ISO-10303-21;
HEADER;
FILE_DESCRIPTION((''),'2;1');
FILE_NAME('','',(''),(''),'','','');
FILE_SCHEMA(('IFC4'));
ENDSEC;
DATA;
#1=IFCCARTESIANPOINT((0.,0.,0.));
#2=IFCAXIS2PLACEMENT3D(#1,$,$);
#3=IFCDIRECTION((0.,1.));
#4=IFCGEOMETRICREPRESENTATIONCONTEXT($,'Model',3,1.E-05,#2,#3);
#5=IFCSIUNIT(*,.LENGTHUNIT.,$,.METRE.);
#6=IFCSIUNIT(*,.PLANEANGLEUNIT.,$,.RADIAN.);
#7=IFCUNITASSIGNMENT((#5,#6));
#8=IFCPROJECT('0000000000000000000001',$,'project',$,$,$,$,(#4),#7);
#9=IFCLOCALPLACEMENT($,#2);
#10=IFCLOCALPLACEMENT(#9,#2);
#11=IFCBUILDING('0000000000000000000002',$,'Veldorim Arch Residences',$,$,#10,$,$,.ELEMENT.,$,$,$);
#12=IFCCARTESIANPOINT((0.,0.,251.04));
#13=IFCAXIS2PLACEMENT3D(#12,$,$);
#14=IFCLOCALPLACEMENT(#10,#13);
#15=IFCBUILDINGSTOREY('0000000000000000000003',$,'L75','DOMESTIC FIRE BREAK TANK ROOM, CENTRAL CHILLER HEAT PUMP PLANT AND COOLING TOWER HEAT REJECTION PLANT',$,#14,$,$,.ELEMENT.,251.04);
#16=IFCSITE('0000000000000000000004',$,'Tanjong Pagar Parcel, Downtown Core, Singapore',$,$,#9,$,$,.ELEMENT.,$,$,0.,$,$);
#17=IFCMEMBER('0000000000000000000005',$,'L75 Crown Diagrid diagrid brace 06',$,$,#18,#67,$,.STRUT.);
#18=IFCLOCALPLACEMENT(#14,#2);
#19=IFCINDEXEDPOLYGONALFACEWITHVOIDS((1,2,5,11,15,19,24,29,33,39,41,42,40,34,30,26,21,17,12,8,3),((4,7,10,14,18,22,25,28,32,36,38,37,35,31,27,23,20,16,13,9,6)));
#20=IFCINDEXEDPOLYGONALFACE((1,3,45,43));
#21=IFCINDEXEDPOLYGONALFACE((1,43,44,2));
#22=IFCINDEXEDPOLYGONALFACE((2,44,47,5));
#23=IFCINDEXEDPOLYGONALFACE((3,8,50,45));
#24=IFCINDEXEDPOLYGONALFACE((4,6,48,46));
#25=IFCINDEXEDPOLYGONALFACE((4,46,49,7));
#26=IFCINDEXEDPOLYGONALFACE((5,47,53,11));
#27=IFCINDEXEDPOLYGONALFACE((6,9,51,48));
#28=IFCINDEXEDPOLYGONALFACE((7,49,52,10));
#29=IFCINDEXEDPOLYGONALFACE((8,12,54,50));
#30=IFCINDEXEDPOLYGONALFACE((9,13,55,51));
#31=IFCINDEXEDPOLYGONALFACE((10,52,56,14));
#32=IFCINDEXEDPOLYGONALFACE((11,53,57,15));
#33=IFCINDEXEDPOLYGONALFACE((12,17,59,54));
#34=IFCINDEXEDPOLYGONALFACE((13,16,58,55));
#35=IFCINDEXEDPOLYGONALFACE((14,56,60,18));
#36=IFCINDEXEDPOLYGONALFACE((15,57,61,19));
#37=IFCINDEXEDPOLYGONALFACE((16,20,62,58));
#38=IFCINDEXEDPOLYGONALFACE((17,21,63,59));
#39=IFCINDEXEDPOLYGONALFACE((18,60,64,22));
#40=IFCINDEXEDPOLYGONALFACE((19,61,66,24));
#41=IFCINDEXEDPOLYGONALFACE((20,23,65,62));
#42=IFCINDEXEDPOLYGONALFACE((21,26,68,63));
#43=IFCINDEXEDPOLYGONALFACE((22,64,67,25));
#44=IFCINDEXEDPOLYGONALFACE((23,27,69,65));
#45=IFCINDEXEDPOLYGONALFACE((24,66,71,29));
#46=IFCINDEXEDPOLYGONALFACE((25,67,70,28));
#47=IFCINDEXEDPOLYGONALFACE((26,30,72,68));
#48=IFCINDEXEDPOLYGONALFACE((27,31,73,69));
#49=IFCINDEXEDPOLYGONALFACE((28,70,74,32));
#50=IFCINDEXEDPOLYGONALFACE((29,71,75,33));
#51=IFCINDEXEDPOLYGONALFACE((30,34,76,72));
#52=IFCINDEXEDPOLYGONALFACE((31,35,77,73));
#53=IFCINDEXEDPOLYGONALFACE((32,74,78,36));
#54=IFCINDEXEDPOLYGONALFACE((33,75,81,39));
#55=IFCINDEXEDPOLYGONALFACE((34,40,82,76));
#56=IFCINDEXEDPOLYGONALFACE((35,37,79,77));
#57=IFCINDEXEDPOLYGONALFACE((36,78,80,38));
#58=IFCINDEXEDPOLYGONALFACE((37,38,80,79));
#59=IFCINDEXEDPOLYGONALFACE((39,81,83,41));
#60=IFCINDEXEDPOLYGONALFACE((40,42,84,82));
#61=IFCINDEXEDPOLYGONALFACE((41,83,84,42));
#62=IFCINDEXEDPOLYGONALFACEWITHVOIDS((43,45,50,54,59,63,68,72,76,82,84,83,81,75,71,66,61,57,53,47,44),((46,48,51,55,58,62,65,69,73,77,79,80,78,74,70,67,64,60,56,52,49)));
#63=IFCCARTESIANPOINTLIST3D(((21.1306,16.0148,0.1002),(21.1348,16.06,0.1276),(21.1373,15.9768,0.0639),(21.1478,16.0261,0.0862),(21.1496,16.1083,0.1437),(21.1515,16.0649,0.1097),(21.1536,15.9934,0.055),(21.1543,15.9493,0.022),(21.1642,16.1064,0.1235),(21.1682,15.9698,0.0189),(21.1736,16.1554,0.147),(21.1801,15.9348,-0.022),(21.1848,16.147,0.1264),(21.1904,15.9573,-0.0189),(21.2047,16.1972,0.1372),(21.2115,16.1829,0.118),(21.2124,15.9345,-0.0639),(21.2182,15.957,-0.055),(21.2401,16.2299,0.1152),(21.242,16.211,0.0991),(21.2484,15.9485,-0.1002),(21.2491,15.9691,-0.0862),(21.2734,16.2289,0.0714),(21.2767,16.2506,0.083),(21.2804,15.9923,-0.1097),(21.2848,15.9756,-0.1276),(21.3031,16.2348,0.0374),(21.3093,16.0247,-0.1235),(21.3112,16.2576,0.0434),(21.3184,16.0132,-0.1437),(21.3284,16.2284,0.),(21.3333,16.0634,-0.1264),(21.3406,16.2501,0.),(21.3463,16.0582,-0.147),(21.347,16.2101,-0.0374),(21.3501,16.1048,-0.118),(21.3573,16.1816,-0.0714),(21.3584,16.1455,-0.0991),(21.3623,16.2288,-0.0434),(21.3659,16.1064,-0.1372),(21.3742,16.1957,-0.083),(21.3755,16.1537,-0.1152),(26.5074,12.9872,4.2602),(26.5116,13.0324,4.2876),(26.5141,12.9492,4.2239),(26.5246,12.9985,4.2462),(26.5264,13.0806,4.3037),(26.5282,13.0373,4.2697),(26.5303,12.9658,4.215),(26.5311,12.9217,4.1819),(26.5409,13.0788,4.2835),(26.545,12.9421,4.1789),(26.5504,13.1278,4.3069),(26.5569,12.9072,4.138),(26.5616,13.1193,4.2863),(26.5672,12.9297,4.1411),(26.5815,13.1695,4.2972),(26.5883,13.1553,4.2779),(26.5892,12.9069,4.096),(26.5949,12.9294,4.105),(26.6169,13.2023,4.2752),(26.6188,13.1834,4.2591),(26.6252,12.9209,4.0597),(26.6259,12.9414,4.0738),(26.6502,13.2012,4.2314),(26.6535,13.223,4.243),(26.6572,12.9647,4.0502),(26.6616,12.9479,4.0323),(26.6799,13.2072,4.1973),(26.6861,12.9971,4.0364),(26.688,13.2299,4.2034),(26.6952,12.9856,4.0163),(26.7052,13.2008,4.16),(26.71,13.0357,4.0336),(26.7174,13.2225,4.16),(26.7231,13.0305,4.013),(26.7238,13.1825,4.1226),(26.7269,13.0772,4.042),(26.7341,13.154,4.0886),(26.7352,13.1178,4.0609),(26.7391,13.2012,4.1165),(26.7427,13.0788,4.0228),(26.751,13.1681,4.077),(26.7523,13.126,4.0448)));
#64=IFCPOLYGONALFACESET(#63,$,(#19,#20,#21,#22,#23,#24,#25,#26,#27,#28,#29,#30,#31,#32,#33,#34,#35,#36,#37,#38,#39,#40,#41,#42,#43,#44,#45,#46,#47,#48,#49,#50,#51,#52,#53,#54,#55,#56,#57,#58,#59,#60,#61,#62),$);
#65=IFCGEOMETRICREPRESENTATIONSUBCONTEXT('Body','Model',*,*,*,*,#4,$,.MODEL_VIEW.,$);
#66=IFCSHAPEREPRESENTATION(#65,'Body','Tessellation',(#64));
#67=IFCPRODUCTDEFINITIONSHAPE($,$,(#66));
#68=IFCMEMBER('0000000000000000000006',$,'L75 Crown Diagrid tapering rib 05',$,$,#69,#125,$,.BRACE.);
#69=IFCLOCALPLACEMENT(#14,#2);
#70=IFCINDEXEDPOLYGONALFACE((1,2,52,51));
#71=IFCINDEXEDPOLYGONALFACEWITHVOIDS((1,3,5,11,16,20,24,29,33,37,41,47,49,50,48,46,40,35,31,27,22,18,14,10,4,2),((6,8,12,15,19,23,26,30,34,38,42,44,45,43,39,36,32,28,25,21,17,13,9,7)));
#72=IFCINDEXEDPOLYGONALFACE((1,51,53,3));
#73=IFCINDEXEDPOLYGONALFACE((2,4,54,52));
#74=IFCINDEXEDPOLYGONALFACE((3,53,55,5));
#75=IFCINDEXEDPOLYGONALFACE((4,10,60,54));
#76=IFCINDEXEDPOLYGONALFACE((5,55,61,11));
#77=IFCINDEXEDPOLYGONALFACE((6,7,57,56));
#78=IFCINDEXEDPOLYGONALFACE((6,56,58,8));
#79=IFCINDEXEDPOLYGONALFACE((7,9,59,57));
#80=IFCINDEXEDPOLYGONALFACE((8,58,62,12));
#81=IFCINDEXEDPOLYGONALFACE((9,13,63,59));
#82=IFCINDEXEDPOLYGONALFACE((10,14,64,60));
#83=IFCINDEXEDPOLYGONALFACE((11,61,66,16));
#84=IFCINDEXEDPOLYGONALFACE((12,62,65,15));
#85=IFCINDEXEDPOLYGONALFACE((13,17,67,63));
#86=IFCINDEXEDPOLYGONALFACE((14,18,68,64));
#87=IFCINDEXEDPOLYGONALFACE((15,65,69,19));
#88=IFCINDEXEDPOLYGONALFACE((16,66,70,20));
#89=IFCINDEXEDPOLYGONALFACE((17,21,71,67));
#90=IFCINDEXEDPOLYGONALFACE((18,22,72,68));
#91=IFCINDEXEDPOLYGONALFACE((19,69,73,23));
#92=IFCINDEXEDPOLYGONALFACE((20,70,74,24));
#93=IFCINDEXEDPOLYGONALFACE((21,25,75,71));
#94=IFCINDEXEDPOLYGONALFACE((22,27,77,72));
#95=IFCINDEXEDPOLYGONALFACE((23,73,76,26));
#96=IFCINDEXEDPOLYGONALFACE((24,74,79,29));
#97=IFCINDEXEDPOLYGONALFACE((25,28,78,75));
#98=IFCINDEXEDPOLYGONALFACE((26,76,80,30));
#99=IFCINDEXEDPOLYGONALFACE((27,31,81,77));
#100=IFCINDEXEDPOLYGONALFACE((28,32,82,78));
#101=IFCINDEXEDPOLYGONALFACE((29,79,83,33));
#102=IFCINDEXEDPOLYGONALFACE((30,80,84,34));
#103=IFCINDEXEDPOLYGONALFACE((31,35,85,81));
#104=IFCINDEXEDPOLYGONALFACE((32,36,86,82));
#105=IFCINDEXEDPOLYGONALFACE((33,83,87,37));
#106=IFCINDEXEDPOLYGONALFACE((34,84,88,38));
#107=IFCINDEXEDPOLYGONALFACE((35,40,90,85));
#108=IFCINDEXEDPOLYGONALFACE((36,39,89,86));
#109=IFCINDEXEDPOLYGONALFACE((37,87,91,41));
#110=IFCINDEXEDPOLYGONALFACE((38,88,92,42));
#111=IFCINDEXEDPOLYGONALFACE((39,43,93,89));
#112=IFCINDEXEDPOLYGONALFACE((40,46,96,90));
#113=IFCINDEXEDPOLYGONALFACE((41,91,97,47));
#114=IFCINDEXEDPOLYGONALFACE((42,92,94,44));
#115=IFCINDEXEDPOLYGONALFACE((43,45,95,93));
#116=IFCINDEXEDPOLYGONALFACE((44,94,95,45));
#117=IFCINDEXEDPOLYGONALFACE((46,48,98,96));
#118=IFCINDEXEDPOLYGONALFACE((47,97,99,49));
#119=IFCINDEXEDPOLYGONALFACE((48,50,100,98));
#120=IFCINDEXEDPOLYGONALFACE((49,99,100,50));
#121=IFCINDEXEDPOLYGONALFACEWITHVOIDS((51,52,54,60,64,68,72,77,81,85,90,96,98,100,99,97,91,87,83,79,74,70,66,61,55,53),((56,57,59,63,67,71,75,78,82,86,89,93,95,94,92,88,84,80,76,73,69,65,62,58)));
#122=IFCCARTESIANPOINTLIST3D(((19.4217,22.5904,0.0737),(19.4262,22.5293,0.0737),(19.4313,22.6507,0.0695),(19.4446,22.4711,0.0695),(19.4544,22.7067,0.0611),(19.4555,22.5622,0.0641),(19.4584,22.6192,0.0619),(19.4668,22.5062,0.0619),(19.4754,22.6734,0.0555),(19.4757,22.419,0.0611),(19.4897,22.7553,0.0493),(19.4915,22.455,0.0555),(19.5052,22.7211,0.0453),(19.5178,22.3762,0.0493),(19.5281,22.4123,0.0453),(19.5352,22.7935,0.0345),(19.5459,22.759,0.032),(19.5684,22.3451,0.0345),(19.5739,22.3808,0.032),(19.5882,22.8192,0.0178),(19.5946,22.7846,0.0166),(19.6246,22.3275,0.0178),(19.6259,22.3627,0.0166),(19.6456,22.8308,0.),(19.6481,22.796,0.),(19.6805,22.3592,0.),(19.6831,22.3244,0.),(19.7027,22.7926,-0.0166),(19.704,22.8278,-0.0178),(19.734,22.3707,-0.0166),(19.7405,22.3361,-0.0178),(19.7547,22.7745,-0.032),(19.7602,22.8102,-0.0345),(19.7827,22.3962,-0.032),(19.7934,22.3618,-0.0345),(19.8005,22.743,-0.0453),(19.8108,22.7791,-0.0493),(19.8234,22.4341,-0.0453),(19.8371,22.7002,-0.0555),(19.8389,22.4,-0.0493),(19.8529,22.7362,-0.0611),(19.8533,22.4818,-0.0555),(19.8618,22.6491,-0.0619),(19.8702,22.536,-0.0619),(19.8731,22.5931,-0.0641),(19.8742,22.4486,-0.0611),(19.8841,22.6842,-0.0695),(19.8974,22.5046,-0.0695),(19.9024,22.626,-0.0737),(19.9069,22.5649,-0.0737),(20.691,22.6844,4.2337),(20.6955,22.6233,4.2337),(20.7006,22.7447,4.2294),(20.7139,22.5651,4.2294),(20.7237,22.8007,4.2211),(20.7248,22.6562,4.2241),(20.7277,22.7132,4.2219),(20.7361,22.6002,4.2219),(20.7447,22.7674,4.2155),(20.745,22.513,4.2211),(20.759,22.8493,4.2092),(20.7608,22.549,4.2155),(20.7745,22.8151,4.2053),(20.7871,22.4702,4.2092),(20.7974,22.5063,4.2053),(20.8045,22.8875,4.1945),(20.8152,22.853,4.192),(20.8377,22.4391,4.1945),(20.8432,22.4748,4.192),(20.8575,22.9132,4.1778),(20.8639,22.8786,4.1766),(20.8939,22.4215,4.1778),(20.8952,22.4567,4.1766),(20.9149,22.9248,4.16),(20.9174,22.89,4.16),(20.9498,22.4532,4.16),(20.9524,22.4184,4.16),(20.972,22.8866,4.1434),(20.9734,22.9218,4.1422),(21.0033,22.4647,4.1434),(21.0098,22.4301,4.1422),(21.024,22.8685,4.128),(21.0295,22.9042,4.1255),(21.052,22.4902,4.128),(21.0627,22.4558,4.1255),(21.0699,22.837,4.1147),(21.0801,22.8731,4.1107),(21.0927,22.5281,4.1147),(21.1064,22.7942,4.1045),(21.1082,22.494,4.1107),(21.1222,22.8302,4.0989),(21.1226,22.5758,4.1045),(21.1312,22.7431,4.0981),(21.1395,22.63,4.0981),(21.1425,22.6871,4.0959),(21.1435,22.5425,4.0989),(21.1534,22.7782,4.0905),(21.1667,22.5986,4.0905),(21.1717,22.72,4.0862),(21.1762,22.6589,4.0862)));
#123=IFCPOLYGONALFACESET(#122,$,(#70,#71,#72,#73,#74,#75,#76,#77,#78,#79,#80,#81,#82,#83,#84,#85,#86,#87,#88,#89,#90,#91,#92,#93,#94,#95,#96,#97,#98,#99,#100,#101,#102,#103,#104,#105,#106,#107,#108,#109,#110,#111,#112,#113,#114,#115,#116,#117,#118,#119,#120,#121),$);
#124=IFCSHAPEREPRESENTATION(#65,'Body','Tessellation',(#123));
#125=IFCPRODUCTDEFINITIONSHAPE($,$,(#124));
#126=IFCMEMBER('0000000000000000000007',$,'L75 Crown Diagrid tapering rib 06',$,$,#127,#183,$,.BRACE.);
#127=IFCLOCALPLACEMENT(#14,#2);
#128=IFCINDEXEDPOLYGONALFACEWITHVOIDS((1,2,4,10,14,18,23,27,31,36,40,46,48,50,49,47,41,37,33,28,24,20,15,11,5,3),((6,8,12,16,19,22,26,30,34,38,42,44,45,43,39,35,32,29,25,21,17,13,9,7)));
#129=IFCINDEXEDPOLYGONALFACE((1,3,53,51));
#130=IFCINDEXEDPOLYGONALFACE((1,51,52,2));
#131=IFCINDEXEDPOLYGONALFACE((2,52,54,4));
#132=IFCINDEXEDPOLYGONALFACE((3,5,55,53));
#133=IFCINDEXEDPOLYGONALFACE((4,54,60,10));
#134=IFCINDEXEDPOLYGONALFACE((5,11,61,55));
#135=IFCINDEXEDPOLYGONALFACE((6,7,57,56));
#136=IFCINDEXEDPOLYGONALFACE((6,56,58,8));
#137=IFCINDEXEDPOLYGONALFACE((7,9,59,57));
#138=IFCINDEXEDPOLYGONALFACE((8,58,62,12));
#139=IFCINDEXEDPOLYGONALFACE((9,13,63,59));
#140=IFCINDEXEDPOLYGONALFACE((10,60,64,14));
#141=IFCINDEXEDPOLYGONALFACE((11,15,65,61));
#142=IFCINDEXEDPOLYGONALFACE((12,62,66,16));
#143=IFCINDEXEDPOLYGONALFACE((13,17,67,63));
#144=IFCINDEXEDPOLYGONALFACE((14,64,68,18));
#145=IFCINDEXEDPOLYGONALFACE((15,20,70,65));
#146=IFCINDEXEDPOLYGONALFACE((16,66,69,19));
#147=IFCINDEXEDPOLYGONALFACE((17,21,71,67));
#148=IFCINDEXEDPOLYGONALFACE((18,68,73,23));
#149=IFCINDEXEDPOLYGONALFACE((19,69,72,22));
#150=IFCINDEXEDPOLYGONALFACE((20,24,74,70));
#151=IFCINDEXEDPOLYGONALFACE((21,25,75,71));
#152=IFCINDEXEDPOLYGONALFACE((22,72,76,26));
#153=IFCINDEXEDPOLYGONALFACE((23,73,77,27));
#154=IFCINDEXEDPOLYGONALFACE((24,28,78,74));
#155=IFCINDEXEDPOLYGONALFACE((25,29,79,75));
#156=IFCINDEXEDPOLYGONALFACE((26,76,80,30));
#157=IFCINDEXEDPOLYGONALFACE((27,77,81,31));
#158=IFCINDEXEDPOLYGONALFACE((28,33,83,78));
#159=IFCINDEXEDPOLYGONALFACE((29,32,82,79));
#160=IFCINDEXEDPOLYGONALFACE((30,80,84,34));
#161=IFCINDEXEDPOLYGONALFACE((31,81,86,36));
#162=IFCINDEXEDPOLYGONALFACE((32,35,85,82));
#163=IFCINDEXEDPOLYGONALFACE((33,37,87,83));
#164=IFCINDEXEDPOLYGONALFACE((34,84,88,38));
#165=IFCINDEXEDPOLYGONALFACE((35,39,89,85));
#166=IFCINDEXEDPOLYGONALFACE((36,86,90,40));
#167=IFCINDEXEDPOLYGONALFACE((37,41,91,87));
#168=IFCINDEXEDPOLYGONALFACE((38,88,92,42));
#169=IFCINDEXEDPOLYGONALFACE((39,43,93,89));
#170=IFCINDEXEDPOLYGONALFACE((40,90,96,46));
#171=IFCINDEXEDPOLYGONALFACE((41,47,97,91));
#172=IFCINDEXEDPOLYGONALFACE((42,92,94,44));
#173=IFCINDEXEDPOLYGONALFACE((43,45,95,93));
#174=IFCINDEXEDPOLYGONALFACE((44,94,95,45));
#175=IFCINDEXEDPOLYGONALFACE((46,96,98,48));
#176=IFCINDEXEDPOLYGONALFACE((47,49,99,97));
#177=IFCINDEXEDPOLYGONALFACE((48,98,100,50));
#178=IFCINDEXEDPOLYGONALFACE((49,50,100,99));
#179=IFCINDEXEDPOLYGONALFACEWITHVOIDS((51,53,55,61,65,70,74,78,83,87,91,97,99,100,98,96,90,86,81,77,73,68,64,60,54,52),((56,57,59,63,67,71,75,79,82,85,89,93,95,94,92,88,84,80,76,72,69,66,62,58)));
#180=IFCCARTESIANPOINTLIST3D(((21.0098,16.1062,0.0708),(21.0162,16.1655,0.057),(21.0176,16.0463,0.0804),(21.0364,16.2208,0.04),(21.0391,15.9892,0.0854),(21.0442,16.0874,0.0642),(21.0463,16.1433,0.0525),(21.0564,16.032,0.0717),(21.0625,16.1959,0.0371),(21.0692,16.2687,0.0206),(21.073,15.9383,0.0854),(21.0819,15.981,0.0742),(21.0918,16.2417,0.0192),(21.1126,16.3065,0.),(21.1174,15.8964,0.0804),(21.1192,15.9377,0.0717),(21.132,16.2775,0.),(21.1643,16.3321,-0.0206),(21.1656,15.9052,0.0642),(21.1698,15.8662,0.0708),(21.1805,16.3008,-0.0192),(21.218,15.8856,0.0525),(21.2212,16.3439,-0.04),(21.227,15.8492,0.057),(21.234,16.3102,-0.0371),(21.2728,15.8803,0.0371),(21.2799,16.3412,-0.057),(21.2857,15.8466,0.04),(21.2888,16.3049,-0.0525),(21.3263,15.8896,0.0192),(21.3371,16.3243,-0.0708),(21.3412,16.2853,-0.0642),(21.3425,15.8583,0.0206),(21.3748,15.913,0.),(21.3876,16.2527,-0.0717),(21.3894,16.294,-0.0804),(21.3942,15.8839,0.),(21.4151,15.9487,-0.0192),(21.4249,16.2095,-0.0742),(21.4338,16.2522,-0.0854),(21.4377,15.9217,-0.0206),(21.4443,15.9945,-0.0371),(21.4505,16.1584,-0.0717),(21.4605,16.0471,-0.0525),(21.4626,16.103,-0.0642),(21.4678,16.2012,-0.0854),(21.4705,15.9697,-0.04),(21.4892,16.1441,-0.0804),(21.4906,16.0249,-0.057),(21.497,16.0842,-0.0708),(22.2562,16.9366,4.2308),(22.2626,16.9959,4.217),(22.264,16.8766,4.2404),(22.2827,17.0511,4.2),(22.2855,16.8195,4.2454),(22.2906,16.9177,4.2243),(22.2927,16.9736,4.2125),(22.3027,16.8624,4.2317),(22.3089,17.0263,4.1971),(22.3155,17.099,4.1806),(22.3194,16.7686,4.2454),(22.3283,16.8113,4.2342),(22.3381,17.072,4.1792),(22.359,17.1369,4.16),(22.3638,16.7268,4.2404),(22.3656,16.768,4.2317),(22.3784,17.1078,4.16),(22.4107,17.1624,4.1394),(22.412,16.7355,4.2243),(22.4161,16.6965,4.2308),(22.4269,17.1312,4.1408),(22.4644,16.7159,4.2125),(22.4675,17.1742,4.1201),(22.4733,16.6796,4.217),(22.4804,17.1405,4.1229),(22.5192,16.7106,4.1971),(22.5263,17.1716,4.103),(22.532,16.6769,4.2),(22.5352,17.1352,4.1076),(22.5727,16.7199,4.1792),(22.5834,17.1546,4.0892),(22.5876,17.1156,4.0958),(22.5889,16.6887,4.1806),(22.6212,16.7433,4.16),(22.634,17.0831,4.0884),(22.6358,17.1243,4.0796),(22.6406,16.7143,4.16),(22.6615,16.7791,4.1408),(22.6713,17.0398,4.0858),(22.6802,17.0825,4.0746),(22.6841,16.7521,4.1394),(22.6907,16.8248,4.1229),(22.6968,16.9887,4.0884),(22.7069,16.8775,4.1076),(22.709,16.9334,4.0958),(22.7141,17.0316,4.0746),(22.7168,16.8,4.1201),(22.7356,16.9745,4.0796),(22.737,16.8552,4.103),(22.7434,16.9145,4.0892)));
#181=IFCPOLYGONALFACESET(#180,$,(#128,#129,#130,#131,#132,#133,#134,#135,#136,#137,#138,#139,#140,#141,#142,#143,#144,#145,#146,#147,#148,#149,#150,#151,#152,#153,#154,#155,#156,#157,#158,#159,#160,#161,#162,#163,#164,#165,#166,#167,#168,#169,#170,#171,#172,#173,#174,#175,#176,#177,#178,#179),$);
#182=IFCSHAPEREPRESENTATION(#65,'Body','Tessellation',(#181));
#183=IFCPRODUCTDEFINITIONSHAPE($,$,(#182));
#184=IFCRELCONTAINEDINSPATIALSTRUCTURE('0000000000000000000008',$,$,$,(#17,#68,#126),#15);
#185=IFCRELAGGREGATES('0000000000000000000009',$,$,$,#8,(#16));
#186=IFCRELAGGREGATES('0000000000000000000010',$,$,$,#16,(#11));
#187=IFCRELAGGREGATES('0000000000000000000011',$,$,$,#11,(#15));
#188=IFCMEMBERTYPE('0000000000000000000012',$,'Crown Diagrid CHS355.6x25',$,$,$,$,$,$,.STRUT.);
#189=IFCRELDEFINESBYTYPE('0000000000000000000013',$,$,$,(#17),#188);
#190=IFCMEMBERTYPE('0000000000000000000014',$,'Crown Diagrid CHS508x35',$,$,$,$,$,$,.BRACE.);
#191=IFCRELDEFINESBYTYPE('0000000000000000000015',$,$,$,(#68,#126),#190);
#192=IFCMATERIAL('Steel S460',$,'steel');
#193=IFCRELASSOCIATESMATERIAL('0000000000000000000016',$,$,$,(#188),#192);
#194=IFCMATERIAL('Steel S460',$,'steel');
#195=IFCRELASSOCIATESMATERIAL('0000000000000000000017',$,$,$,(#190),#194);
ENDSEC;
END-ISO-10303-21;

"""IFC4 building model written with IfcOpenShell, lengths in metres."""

from ifc_helpers import new_model, si_unit, direction, frame, origin, origin_2d, place, context, subcontext, project, spatial, hollow_circle, extrude, material, material_profile, profile_set, type_object, element, save


model = new_model("IFC4")

# Units and contexts
model_context = context("Model", 3, precision=1e-05, world=origin(), true_north=direction((0.0, 1.0)))
body_context = subcontext(model_context, "Body", "Model", "MODEL_VIEW")
ifc_project = project(units=[si_unit("LENGTHUNIT", "METRE"), si_unit("PLANEANGLEUNIT", "RADIAN")], contexts=[model_context])

# Site, building, storey
site_placement = place(None, origin())
site = spatial("IfcSite", under=ifc_project, at=site_placement, Name="Tanjong Pagar Parcel, Downtown Core, Singapore", CompositionType="ELEMENT", RefElevation=0.0)
building_placement = place(site_placement, origin())
building = spatial("IfcBuilding", under=site, at=building_placement, Name="Veldorim Arch Residences", CompositionType="ELEMENT")
storey_placement = place(building_placement, frame((0.0, 0.0, 251.04)))
storey = spatial("IfcBuildingStorey", under=building, at=storey_placement, Name="L75", Description="DOMESTIC FIRE BREAK TANK ROOM, CENTRAL CHILLER HEAT PUMP PLANT AND COOLING TOWER HEAT REJECTION PLANT", CompositionType="ELEMENT", Elevation=251.04)

# Members
ifc_material_1 = material(Name="Steel S460", Category="steel")
ifc_material_profile_1 = material_profile(ifc_material_1, hollow_circle(Radius=0.1777, WallThickness=0.0249, at=origin_2d()), Name="CHS355.6x25")
ifc_profile_set_1 = profile_set([ifc_material_profile_1], Name="Steel S460")
member_type_1 = type_object("IfcMemberType", Name="Crown Diagrid CHS355.6x25", PredefinedType="STRUT", material=ifc_profile_set_1)
member_1_placement = place(storey_placement, frame((21.2534, 16.0952, 0.0), z_axis=(0.722503, -0.406836, 0.558994), x_axis=(0.490654, 0.871355, 0.0)))
element("IfcMember", 1, at=member_1_placement, inside=storey, type_object=member_type_1, Name="L75 Crown Diagrid diagrid brace 06", PredefinedType="STRUT", context=body_context, shape_type="SweptSolid", body=[
    extrude(hollow_circle(Radius=0.1777, WallThickness=0.0249, at=origin_2d()), origin(), (0.0, 0.0, 1.0), 7.4419),
])
ifc_material_2 = material(Name="Steel S460", Category="steel")
ifc_material_profile_2 = material_profile(ifc_material_2, hollow_circle(Radius=0.2539, WallThickness=0.0349, at=origin_2d()), Name="CHS508x35")
ifc_profile_set_2 = profile_set([ifc_material_profile_2], Name="Steel S460")
member_type_2 = type_object("IfcMemberType", Name="Crown Diagrid CHS508x35", PredefinedType="BRACE", material=ifc_profile_set_2)
member_2_placement = place(storey_placement, frame((19.6643, 22.5776, 0.0), z_axis=(0.291772, 0.021607, 0.956244), x_axis=(-0.07385, 0.997269, 0.0)))
element("IfcMember", 2, at=member_2_placement, inside=storey, type_object=member_type_2, Name="L75 Crown Diagrid tapering rib 05", PredefinedType="BRACE", context=body_context, shape_type="SweptSolid", body=[
    extrude(hollow_circle(Radius=0.2539, WallThickness=0.0349, at=origin_2d()), origin(), (0.0, 0.0, 1.0), 4.3503),
])
member_3_placement = place(storey_placement, frame((21.2534, 16.0952, 0.0), z_axis=(0.281896, 0.187802, 0.940885), x_axis=(-0.554437, 0.832226, 0.0)))
element("IfcMember", 3, at=member_3_placement, inside=storey, type_object=member_type_2, Name="L75 Crown Diagrid tapering rib 06", PredefinedType="BRACE", context=body_context, shape_type="SweptSolid", body=[
    extrude(hollow_circle(Radius=0.2539, WallThickness=0.0349, at=origin_2d()), origin(), (0.0, 0.0, 1.0), 4.4214),
])

save(model, "model.ifc")
